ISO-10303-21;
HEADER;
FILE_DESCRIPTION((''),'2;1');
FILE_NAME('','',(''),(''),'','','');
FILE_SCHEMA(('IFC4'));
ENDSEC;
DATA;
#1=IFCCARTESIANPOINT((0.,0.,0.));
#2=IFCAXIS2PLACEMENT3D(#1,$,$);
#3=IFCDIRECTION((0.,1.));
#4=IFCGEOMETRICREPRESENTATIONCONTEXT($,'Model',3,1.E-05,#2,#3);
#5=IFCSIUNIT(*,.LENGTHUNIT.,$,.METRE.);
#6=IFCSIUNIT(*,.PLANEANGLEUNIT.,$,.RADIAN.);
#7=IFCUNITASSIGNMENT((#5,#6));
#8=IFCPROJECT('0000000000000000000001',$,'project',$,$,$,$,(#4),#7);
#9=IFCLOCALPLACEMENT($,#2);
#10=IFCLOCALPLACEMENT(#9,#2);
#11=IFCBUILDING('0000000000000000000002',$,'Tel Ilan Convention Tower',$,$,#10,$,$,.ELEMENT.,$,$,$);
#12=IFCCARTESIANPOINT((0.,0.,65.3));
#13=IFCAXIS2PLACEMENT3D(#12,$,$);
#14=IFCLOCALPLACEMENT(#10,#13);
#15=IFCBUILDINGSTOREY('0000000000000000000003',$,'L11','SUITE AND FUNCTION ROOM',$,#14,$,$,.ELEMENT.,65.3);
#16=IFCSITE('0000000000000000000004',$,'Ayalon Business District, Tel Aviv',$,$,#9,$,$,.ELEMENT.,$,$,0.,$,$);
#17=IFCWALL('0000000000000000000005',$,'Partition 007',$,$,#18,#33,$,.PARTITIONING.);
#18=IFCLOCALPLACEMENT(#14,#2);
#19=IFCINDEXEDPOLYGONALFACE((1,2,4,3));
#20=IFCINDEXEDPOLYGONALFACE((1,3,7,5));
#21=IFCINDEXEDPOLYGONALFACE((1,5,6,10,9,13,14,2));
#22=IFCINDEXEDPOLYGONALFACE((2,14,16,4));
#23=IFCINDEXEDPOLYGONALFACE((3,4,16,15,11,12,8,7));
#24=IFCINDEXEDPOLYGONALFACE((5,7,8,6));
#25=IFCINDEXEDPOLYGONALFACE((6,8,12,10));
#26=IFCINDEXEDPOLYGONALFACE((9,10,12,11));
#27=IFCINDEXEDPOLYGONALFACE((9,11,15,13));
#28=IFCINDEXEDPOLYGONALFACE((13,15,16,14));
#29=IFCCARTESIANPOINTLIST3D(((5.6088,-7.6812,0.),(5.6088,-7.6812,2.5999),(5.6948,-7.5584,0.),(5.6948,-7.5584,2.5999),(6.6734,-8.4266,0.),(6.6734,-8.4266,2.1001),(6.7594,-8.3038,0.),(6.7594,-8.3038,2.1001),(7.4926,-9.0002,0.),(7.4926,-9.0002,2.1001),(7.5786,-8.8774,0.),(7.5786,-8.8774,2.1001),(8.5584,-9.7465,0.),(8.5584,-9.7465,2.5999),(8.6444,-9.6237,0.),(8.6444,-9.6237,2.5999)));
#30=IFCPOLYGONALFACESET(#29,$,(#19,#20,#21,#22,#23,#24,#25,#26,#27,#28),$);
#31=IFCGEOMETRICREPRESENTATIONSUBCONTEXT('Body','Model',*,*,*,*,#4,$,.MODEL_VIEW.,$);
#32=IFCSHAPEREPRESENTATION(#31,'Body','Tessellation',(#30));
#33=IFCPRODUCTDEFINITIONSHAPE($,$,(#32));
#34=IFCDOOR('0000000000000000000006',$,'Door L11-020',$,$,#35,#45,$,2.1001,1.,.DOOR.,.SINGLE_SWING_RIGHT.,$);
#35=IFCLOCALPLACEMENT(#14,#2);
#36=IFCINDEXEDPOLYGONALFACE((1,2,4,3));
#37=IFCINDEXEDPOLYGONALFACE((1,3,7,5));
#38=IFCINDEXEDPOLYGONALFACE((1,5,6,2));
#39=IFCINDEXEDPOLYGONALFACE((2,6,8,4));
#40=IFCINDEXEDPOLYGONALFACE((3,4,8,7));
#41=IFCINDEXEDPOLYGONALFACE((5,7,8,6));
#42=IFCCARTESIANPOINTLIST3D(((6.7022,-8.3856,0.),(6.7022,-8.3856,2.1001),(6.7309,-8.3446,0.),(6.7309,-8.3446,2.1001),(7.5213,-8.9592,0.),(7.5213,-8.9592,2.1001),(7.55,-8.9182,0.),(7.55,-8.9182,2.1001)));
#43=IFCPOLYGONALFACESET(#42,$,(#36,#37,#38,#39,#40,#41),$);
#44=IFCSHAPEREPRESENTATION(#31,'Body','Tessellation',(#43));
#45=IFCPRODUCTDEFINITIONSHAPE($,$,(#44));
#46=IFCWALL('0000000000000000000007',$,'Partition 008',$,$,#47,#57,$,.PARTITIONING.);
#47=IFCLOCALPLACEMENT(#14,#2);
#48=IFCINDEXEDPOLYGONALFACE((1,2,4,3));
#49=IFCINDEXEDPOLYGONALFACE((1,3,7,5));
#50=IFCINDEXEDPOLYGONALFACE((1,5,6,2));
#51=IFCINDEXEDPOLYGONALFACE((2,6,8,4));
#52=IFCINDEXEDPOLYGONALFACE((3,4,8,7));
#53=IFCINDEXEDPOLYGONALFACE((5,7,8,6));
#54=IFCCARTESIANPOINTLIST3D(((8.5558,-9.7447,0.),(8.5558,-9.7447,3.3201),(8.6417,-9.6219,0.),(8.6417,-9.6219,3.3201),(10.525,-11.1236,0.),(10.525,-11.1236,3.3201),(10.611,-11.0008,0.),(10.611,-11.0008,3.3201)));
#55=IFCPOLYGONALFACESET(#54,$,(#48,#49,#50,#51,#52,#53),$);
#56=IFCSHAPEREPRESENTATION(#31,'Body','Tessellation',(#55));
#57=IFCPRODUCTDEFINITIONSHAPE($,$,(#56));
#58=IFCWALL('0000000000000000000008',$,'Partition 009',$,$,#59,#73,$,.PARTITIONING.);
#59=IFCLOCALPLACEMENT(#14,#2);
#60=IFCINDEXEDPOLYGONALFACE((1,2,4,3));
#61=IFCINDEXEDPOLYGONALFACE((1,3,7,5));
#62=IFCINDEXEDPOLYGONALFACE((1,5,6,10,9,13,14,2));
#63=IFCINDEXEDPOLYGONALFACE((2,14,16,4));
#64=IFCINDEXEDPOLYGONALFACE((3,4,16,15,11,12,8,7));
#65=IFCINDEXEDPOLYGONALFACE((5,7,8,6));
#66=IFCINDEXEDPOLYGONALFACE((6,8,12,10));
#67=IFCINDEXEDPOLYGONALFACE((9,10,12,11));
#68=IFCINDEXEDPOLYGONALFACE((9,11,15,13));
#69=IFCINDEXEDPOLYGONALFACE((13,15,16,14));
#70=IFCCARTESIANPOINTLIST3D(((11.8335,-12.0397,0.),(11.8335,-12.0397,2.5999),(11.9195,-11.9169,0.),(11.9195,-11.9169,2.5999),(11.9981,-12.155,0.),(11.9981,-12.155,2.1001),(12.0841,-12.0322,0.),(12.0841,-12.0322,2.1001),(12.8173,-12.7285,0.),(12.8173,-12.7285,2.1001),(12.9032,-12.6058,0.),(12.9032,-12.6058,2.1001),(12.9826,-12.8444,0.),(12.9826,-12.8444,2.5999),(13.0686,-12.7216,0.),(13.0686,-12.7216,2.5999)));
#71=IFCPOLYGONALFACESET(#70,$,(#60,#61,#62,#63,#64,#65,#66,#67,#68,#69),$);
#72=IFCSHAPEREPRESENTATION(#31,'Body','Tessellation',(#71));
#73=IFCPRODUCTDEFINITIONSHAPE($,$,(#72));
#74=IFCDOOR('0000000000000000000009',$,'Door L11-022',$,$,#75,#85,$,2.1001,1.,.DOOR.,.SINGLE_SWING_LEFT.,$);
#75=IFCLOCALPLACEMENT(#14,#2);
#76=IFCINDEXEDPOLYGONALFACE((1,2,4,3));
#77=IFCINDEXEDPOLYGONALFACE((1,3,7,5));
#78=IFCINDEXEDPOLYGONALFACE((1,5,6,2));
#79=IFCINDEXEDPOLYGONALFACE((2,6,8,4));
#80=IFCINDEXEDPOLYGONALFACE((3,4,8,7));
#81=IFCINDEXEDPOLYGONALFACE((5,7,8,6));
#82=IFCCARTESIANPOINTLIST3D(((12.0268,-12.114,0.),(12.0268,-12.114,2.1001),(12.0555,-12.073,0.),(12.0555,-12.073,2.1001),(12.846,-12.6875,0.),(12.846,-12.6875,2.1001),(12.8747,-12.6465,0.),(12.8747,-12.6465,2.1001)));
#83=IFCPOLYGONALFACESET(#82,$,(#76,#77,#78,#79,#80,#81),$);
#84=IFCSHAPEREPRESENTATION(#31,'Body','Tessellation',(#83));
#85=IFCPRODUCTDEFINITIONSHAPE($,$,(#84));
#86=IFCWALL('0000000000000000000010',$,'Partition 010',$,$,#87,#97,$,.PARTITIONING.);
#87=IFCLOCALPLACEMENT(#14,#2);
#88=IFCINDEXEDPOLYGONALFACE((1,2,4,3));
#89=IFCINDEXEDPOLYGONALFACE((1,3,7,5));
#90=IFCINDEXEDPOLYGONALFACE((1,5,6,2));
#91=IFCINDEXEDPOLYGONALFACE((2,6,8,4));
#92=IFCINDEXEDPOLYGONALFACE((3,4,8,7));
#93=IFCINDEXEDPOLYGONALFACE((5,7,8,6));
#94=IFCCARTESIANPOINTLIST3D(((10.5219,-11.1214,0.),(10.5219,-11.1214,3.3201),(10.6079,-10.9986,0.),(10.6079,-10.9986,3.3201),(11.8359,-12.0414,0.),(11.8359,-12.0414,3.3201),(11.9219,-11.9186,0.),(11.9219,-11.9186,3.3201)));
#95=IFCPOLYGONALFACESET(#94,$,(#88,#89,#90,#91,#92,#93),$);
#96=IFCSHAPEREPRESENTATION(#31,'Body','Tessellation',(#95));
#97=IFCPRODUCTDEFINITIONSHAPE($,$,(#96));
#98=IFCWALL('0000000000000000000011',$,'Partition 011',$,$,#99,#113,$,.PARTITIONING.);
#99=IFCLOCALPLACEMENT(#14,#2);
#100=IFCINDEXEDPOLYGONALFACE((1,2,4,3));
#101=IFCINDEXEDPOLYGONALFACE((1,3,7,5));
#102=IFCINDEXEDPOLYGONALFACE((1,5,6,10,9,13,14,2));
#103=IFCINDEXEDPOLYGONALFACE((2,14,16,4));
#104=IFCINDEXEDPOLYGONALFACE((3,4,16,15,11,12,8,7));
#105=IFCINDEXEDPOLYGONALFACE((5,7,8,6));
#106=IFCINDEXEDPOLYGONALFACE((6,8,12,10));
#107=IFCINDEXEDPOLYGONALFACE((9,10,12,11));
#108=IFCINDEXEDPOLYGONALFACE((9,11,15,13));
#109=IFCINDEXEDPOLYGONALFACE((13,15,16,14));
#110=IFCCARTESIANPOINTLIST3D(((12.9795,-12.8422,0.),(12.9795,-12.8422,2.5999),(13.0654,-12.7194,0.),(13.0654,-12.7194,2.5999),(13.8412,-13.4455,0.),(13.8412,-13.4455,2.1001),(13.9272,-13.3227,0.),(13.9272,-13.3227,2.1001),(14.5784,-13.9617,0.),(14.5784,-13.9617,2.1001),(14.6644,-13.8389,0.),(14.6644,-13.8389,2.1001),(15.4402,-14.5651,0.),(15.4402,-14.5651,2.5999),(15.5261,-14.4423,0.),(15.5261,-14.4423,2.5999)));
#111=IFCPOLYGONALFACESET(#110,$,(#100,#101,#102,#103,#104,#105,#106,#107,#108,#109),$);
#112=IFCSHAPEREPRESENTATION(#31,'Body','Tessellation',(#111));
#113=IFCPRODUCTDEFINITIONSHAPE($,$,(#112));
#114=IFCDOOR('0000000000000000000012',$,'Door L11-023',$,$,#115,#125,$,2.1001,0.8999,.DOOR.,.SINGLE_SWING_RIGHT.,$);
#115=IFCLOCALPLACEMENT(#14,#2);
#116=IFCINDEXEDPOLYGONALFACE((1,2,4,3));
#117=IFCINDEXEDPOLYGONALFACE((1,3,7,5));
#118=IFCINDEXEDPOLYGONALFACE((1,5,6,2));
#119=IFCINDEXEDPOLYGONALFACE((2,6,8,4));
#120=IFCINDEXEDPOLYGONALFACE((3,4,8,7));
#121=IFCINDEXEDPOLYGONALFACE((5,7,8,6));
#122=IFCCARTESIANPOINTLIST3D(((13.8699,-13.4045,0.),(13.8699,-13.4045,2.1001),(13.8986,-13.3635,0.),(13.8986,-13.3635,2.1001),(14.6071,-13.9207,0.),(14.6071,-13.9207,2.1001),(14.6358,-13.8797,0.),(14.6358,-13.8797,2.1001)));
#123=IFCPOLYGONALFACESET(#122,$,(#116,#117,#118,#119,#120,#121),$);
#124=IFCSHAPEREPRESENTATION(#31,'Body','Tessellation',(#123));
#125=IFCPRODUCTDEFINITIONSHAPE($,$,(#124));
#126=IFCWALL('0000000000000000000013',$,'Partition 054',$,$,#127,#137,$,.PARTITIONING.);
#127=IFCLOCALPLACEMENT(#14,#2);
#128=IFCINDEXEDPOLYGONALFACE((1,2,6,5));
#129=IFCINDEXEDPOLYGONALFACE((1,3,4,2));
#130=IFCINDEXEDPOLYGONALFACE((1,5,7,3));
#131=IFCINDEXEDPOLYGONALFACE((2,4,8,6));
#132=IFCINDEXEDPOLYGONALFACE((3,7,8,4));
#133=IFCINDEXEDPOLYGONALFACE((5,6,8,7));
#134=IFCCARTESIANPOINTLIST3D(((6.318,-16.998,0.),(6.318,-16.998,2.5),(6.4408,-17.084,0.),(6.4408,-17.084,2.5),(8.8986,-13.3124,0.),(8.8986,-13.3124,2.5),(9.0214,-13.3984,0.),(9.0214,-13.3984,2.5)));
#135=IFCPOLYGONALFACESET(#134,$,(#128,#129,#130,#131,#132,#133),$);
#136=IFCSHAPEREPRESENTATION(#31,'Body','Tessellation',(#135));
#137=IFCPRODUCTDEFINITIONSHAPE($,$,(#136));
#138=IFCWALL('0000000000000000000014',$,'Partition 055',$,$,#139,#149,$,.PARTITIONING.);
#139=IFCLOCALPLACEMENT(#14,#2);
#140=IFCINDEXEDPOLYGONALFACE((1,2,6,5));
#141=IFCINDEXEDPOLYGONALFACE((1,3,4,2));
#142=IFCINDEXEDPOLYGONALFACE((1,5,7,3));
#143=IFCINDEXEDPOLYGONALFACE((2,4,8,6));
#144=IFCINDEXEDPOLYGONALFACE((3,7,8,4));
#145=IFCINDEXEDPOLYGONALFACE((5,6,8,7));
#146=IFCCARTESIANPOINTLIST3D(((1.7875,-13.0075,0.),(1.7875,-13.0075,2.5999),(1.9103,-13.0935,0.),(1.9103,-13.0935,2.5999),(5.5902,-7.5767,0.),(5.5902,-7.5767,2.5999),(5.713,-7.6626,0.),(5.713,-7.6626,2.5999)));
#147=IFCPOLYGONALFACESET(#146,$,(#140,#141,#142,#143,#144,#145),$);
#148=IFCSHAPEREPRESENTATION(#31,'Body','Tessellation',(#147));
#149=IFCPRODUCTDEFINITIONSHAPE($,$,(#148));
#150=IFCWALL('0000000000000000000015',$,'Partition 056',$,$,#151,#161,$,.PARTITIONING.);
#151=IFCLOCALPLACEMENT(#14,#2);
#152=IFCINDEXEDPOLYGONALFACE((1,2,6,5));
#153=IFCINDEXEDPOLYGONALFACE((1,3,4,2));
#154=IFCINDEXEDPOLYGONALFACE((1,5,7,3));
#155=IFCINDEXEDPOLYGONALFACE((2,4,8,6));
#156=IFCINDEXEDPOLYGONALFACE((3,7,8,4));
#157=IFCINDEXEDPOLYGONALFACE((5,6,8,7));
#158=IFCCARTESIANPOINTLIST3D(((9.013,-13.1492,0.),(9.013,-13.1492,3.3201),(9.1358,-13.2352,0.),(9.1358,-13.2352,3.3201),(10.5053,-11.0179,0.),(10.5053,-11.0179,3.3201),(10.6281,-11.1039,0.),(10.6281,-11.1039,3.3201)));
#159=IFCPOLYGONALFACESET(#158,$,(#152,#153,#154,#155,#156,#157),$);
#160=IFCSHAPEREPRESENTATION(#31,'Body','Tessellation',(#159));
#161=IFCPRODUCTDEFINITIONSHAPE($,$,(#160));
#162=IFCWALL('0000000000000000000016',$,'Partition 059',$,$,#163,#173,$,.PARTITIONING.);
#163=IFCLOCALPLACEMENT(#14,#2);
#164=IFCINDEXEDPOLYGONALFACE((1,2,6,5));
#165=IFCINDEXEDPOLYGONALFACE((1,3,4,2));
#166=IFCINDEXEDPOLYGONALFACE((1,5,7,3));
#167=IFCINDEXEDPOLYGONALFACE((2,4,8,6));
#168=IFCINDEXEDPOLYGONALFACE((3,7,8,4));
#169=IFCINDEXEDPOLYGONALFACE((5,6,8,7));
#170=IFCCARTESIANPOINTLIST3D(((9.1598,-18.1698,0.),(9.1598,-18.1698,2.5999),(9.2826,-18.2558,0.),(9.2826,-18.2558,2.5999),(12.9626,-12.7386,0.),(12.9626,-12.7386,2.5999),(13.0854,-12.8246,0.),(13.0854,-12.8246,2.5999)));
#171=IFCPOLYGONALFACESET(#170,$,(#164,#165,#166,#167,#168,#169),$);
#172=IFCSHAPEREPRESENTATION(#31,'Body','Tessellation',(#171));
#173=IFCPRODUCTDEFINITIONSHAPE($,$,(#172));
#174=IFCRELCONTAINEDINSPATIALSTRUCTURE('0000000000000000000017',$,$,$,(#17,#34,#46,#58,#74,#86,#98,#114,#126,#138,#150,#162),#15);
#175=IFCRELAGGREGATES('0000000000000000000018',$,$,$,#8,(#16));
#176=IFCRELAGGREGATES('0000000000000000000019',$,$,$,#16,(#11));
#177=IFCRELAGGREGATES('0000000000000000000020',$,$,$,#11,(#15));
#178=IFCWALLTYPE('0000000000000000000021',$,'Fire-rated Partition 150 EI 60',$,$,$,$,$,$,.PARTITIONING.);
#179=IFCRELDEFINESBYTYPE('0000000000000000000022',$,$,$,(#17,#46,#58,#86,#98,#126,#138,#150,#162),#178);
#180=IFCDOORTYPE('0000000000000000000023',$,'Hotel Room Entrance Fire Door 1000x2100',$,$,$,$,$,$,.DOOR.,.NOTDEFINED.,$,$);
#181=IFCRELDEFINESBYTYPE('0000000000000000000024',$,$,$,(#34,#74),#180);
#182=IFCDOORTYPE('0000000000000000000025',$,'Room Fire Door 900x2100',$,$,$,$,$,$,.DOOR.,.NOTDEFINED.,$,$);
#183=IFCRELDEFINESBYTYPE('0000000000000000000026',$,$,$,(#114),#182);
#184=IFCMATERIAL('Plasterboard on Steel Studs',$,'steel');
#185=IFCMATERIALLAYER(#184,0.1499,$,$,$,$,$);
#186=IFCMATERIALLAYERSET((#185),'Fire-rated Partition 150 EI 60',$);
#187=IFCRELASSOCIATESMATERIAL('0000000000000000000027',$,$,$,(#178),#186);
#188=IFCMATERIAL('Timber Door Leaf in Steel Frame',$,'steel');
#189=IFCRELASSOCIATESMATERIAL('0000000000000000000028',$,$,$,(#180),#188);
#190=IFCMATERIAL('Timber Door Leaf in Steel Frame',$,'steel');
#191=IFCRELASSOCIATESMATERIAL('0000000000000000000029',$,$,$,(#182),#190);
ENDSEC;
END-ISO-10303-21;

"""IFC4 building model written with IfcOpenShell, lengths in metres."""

from ifc_helpers import new_model, si_unit, direction, frame, frame_2d, origin, place, context, subcontext, project, spatial, rectangle, extrude, material, layer, layer_set, type_object, element, fill, save


model = new_model("IFC4")

# Units and contexts
model_context = context("Model", 3, precision=1e-05, world=origin(), true_north=direction((0.0, 1.0)))
body_context = subcontext(model_context, "Body", "Model", "MODEL_VIEW")
ifc_project = project(units=[si_unit("LENGTHUNIT", "METRE"), si_unit("PLANEANGLEUNIT", "RADIAN")], contexts=[model_context])

# Site, building, storey
site_placement = place(None, origin())
site = spatial("IfcSite", under=ifc_project, at=site_placement, Name="Ayalon Business District, Tel Aviv", CompositionType="ELEMENT", RefElevation=0.0)
building_placement = place(site_placement, origin())
building = spatial("IfcBuilding", under=site, at=building_placement, Name="Tel Ilan Convention Tower", CompositionType="ELEMENT")
storey_placement = place(building_placement, frame((0.0, 0.0, 65.3)))
storey = spatial("IfcBuildingStorey", under=building, at=storey_placement, Name="L11", Description="SUITE AND FUNCTION ROOM", CompositionType="ELEMENT", Elevation=65.3)

# Wall, opening, door
ifc_material_1 = material(Name="Plasterboard on Steel Studs", Category="steel")
ifc_layer_1 = layer(ifc_material_1, 0.1499)
ifc_layer_set_1 = layer_set([ifc_layer_1], Name="Fire-rated Partition 150 EI 60")
wall_type_1 = type_object("IfcWallType", Name="Fire-rated Partition 150 EI 60", PredefinedType="PARTITIONING", material=ifc_layer_set_1)
wall_1_placement = place(storey_placement, frame((8.6013, -9.6851, 0.0), z_axis=(0.0, 0.0, 1.0), x_axis=(-0.819149, 0.573581, 0.0)))
wall_1 = element("IfcWall", 1, at=wall_1_placement, inside=storey, type_object=wall_type_1, Name="Partition 007", PredefinedType="PARTITIONING", context=body_context, shape_type="SweptSolid", body=[
    extrude(rectangle(XDim=3.6008, YDim=0.1499, at=frame_2d((1.8003, 0.0))), origin(), (0.0, 0.0, 1.0), 2.5999),
])
opening_1_placement = place(wall_1_placement, frame((1.301, 0.0, 0.0)))
opening_1 = element("IfcOpeningElement", 2, at=opening_1_placement, cuts=wall_1, PredefinedType="OPENING", context=body_context, shape_type="SweptSolid", body=[
    extrude(rectangle(XDim=1.0, YDim=2.1001, at=frame_2d((0.5, 1.05))), frame((0.0, 0.085, 0.0), z_axis=(0.0, -1.0, 0.0), x_axis=(1.0, 0.0, 0.0)), (0.0, 0.0, 1.0), 0.1699),
])
ifc_material_2 = material(Name="Timber Door Leaf in Steel Frame", Category="steel")
door_type_1 = type_object("IfcDoorType", Name="Hotel Room Entrance Fire Door 1000x2100", OperationType="NOTDEFINED", PredefinedType="DOOR", material=ifc_material_2)
door_1_placement = place(opening_1_placement, origin())
door_1 = element("IfcDoor", 3, at=door_1_placement, inside=storey, type_object=door_type_1, Name="Door L11-020", OperationType="SINGLE_SWING_RIGHT", OverallHeight=2.1001, OverallWidth=1.0, PredefinedType="DOOR", context=body_context, shape_type="SweptSolid", body=[
    extrude(rectangle(XDim=1.0, YDim=2.1001, at=frame_2d((0.5, 1.05))), frame((0.0, 0.0249, 0.0), z_axis=(0.0, -1.0, 0.0), x_axis=(1.0, 0.0, 0.0)), (0.0, 0.0, 1.0), 0.05),
])
fill(opening_1, door_1)

# Wall
wall_2_placement = place(storey_placement, frame((10.5681, -11.0623, 0.0), z_axis=(0.0, 0.0, 1.0), x_axis=(-0.819146, 0.573585, 0.0)))
element("IfcWall", 4, at=wall_2_placement, inside=storey, type_object=wall_type_1, Name="Partition 008", PredefinedType="PARTITIONING", context=body_context, shape_type="SweptSolid", body=[
    extrude(rectangle(XDim=2.4041, YDim=0.1499, at=frame_2d((1.2021, 0.0))), origin(), (0.0, 0.0, 1.0), 3.3201),
])

# Wall, opening, door
wall_3_placement = place(storey_placement, frame((13.0256, -12.783, 0.0), z_axis=(0.0, 0.0, 1.0), x_axis=(-0.819142, 0.573591, 0.0)))
wall_3 = element("IfcWall", 5, at=wall_3_placement, inside=storey, type_object=wall_type_1, Name="Partition 009", PredefinedType="PARTITIONING", context=body_context, shape_type="SweptSolid", body=[
    extrude(rectangle(XDim=1.4028, YDim=0.1499, at=frame_2d((0.7014, 0.0))), origin(), (0.0, 0.0, 1.0), 2.5999),
])
opening_2_placement = place(wall_3_placement, frame((0.2019, 0.0, 0.0)))
opening_2 = element("IfcOpeningElement", 6, at=opening_2_placement, cuts=wall_3, PredefinedType="OPENING", context=body_context, shape_type="SweptSolid", body=[
    extrude(rectangle(XDim=1.0, YDim=2.1001, at=frame_2d((0.5, 1.05))), frame((0.0, 0.085, 0.0), z_axis=(0.0, -1.0, 0.0), x_axis=(1.0, 0.0, 0.0)), (0.0, 0.0, 1.0), 0.1699),
])
door_2_placement = place(opening_2_placement, origin())
door_2 = element("IfcDoor", 7, at=door_2_placement, inside=storey, type_object=door_type_1, Name="Door L11-022", OperationType="SINGLE_SWING_LEFT", OverallHeight=2.1001, OverallWidth=1.0, PredefinedType="DOOR", context=body_context, shape_type="SweptSolid", body=[
    extrude(rectangle(XDim=1.0, YDim=2.1001, at=frame_2d((0.5, 1.05))), frame((0.0, 0.0249, 0.0), z_axis=(0.0, -1.0, 0.0), x_axis=(1.0, 0.0, 0.0)), (0.0, 0.0, 1.0), 0.05),
])
fill(opening_2, door_2)

# Wall
wall_4_placement = place(storey_placement, frame((11.8789, -11.98, 0.0), z_axis=(0.0, 0.0, 1.0), x_axis=(-0.819189, 0.573524, 0.0)))
element("IfcWall", 8, at=wall_4_placement, inside=storey, type_object=wall_type_1, Name="Partition 010", PredefinedType="PARTITIONING", context=body_context, shape_type="SweptSolid", body=[
    extrude(rectangle(XDim=1.604, YDim=0.1499, at=frame_2d((0.802, 0.0))), origin(), (0.0, 0.0, 1.0), 3.3201),
])

# Wall, opening, door
wall_5_placement = place(storey_placement, frame((15.4832, -14.5037, 0.0), z_axis=(0.0, 0.0, 1.0), x_axis=(-0.819167, 0.573555, 0.0)))
wall_5 = element("IfcWall", 9, at=wall_5_placement, inside=storey, type_object=wall_type_1, Name="Partition 011", PredefinedType="PARTITIONING", context=body_context, shape_type="SweptSolid", body=[
    extrude(rectangle(XDim=3.0039, YDim=0.1499, at=frame_2d((1.502, 0.0))), origin(), (0.0, 0.0, 1.0), 2.5999),
])
opening_3_placement = place(wall_5_placement, frame((1.052, 0.0, 0.0)))
opening_3 = element("IfcOpeningElement", 10, at=opening_3_placement, cuts=wall_5, PredefinedType="OPENING", context=body_context, shape_type="SweptSolid", body=[
    extrude(rectangle(XDim=0.8999, YDim=2.1001, at=frame_2d((0.45, 1.05))), frame((0.0, 0.085, 0.0), z_axis=(0.0, -1.0, 0.0), x_axis=(1.0, 0.0, 0.0)), (0.0, 0.0, 1.0), 0.1699),
])
ifc_material_3 = material(Name="Timber Door Leaf in Steel Frame", Category="steel")
door_type_2 = type_object("IfcDoorType", Name="Room Fire Door 900x2100", OperationType="NOTDEFINED", PredefinedType="DOOR", material=ifc_material_3)
door_3_placement = place(opening_3_placement, origin())
door_3 = element("IfcDoor", 11, at=door_3_placement, inside=storey, type_object=door_type_2, Name="Door L11-023", OperationType="SINGLE_SWING_RIGHT", OverallHeight=2.1001, OverallWidth=0.8999, PredefinedType="DOOR", context=body_context, shape_type="SweptSolid", body=[
    extrude(rectangle(XDim=0.8999, YDim=2.1001, at=frame_2d((0.45, 1.05))), frame((0.0, 0.0249, 0.0), z_axis=(0.0, -1.0, 0.0), x_axis=(1.0, 0.0, 0.0)), (0.0, 0.0, 1.0), 0.05),
])
fill(opening_3, door_3)

# Walls
wall_6_placement = place(storey_placement, frame((8.96, -13.3555, 0.0), z_axis=(0.0, 0.0, 1.0), x_axis=(-0.573564, -0.819161, 0.0)))
element("IfcWall", 12, at=wall_6_placement, inside=storey, type_object=wall_type_1, Name="Partition 054", PredefinedType="PARTITIONING", context=body_context, shape_type="SweptSolid", body=[
    extrude(rectangle(XDim=4.4993, YDim=0.1499, at=frame_2d((2.2495, 0.0))), origin(), (0.0, 0.0, 1.0), 2.5),
])
wall_7_placement = place(storey_placement, frame((1.8489, -13.0505, 0.0), z_axis=(0.0, 0.0, 1.0), x_axis=(0.573574, 0.819154, 0.0)))
element("IfcWall", 13, at=wall_7_placement, inside=storey, type_object=wall_type_1, Name="Partition 055", PredefinedType="PARTITIONING", context=body_context, shape_type="SweptSolid", body=[
    extrude(rectangle(XDim=6.6299, YDim=0.1499, at=frame_2d((3.3149, 0.0))), origin(), (0.0, 0.0, 1.0), 2.5999),
])
wall_8_placement = place(storey_placement, frame((10.5667, -11.061, 0.0), z_axis=(0.0, 0.0, 1.0), x_axis=(-0.573588, -0.819144, 0.0)))
element("IfcWall", 14, at=wall_8_placement, inside=storey, type_object=wall_type_1, Name="Partition 056", PredefinedType="PARTITIONING", context=body_context, shape_type="SweptSolid", body=[
    extrude(rectangle(XDim=2.6018, YDim=0.1499, at=frame_2d((1.3008, 0.0))), origin(), (0.0, 0.0, 1.0), 3.3201),
])
wall_9_placement = place(storey_placement, frame((13.0239, -12.7817, 0.0), z_axis=(0.0, 0.0, 1.0), x_axis=(-0.573556, -0.819166, 0.0)))
element("IfcWall", 15, at=wall_9_placement, inside=storey, type_object=wall_type_1, Name="Partition 059", PredefinedType="PARTITIONING", context=body_context, shape_type="SweptSolid", body=[
    extrude(rectangle(XDim=6.6301, YDim=0.1499, at=frame_2d((3.3149, 0.0))), origin(), (0.0, 0.0, 1.0), 2.5999),
])

save(model, "model.ifc")
